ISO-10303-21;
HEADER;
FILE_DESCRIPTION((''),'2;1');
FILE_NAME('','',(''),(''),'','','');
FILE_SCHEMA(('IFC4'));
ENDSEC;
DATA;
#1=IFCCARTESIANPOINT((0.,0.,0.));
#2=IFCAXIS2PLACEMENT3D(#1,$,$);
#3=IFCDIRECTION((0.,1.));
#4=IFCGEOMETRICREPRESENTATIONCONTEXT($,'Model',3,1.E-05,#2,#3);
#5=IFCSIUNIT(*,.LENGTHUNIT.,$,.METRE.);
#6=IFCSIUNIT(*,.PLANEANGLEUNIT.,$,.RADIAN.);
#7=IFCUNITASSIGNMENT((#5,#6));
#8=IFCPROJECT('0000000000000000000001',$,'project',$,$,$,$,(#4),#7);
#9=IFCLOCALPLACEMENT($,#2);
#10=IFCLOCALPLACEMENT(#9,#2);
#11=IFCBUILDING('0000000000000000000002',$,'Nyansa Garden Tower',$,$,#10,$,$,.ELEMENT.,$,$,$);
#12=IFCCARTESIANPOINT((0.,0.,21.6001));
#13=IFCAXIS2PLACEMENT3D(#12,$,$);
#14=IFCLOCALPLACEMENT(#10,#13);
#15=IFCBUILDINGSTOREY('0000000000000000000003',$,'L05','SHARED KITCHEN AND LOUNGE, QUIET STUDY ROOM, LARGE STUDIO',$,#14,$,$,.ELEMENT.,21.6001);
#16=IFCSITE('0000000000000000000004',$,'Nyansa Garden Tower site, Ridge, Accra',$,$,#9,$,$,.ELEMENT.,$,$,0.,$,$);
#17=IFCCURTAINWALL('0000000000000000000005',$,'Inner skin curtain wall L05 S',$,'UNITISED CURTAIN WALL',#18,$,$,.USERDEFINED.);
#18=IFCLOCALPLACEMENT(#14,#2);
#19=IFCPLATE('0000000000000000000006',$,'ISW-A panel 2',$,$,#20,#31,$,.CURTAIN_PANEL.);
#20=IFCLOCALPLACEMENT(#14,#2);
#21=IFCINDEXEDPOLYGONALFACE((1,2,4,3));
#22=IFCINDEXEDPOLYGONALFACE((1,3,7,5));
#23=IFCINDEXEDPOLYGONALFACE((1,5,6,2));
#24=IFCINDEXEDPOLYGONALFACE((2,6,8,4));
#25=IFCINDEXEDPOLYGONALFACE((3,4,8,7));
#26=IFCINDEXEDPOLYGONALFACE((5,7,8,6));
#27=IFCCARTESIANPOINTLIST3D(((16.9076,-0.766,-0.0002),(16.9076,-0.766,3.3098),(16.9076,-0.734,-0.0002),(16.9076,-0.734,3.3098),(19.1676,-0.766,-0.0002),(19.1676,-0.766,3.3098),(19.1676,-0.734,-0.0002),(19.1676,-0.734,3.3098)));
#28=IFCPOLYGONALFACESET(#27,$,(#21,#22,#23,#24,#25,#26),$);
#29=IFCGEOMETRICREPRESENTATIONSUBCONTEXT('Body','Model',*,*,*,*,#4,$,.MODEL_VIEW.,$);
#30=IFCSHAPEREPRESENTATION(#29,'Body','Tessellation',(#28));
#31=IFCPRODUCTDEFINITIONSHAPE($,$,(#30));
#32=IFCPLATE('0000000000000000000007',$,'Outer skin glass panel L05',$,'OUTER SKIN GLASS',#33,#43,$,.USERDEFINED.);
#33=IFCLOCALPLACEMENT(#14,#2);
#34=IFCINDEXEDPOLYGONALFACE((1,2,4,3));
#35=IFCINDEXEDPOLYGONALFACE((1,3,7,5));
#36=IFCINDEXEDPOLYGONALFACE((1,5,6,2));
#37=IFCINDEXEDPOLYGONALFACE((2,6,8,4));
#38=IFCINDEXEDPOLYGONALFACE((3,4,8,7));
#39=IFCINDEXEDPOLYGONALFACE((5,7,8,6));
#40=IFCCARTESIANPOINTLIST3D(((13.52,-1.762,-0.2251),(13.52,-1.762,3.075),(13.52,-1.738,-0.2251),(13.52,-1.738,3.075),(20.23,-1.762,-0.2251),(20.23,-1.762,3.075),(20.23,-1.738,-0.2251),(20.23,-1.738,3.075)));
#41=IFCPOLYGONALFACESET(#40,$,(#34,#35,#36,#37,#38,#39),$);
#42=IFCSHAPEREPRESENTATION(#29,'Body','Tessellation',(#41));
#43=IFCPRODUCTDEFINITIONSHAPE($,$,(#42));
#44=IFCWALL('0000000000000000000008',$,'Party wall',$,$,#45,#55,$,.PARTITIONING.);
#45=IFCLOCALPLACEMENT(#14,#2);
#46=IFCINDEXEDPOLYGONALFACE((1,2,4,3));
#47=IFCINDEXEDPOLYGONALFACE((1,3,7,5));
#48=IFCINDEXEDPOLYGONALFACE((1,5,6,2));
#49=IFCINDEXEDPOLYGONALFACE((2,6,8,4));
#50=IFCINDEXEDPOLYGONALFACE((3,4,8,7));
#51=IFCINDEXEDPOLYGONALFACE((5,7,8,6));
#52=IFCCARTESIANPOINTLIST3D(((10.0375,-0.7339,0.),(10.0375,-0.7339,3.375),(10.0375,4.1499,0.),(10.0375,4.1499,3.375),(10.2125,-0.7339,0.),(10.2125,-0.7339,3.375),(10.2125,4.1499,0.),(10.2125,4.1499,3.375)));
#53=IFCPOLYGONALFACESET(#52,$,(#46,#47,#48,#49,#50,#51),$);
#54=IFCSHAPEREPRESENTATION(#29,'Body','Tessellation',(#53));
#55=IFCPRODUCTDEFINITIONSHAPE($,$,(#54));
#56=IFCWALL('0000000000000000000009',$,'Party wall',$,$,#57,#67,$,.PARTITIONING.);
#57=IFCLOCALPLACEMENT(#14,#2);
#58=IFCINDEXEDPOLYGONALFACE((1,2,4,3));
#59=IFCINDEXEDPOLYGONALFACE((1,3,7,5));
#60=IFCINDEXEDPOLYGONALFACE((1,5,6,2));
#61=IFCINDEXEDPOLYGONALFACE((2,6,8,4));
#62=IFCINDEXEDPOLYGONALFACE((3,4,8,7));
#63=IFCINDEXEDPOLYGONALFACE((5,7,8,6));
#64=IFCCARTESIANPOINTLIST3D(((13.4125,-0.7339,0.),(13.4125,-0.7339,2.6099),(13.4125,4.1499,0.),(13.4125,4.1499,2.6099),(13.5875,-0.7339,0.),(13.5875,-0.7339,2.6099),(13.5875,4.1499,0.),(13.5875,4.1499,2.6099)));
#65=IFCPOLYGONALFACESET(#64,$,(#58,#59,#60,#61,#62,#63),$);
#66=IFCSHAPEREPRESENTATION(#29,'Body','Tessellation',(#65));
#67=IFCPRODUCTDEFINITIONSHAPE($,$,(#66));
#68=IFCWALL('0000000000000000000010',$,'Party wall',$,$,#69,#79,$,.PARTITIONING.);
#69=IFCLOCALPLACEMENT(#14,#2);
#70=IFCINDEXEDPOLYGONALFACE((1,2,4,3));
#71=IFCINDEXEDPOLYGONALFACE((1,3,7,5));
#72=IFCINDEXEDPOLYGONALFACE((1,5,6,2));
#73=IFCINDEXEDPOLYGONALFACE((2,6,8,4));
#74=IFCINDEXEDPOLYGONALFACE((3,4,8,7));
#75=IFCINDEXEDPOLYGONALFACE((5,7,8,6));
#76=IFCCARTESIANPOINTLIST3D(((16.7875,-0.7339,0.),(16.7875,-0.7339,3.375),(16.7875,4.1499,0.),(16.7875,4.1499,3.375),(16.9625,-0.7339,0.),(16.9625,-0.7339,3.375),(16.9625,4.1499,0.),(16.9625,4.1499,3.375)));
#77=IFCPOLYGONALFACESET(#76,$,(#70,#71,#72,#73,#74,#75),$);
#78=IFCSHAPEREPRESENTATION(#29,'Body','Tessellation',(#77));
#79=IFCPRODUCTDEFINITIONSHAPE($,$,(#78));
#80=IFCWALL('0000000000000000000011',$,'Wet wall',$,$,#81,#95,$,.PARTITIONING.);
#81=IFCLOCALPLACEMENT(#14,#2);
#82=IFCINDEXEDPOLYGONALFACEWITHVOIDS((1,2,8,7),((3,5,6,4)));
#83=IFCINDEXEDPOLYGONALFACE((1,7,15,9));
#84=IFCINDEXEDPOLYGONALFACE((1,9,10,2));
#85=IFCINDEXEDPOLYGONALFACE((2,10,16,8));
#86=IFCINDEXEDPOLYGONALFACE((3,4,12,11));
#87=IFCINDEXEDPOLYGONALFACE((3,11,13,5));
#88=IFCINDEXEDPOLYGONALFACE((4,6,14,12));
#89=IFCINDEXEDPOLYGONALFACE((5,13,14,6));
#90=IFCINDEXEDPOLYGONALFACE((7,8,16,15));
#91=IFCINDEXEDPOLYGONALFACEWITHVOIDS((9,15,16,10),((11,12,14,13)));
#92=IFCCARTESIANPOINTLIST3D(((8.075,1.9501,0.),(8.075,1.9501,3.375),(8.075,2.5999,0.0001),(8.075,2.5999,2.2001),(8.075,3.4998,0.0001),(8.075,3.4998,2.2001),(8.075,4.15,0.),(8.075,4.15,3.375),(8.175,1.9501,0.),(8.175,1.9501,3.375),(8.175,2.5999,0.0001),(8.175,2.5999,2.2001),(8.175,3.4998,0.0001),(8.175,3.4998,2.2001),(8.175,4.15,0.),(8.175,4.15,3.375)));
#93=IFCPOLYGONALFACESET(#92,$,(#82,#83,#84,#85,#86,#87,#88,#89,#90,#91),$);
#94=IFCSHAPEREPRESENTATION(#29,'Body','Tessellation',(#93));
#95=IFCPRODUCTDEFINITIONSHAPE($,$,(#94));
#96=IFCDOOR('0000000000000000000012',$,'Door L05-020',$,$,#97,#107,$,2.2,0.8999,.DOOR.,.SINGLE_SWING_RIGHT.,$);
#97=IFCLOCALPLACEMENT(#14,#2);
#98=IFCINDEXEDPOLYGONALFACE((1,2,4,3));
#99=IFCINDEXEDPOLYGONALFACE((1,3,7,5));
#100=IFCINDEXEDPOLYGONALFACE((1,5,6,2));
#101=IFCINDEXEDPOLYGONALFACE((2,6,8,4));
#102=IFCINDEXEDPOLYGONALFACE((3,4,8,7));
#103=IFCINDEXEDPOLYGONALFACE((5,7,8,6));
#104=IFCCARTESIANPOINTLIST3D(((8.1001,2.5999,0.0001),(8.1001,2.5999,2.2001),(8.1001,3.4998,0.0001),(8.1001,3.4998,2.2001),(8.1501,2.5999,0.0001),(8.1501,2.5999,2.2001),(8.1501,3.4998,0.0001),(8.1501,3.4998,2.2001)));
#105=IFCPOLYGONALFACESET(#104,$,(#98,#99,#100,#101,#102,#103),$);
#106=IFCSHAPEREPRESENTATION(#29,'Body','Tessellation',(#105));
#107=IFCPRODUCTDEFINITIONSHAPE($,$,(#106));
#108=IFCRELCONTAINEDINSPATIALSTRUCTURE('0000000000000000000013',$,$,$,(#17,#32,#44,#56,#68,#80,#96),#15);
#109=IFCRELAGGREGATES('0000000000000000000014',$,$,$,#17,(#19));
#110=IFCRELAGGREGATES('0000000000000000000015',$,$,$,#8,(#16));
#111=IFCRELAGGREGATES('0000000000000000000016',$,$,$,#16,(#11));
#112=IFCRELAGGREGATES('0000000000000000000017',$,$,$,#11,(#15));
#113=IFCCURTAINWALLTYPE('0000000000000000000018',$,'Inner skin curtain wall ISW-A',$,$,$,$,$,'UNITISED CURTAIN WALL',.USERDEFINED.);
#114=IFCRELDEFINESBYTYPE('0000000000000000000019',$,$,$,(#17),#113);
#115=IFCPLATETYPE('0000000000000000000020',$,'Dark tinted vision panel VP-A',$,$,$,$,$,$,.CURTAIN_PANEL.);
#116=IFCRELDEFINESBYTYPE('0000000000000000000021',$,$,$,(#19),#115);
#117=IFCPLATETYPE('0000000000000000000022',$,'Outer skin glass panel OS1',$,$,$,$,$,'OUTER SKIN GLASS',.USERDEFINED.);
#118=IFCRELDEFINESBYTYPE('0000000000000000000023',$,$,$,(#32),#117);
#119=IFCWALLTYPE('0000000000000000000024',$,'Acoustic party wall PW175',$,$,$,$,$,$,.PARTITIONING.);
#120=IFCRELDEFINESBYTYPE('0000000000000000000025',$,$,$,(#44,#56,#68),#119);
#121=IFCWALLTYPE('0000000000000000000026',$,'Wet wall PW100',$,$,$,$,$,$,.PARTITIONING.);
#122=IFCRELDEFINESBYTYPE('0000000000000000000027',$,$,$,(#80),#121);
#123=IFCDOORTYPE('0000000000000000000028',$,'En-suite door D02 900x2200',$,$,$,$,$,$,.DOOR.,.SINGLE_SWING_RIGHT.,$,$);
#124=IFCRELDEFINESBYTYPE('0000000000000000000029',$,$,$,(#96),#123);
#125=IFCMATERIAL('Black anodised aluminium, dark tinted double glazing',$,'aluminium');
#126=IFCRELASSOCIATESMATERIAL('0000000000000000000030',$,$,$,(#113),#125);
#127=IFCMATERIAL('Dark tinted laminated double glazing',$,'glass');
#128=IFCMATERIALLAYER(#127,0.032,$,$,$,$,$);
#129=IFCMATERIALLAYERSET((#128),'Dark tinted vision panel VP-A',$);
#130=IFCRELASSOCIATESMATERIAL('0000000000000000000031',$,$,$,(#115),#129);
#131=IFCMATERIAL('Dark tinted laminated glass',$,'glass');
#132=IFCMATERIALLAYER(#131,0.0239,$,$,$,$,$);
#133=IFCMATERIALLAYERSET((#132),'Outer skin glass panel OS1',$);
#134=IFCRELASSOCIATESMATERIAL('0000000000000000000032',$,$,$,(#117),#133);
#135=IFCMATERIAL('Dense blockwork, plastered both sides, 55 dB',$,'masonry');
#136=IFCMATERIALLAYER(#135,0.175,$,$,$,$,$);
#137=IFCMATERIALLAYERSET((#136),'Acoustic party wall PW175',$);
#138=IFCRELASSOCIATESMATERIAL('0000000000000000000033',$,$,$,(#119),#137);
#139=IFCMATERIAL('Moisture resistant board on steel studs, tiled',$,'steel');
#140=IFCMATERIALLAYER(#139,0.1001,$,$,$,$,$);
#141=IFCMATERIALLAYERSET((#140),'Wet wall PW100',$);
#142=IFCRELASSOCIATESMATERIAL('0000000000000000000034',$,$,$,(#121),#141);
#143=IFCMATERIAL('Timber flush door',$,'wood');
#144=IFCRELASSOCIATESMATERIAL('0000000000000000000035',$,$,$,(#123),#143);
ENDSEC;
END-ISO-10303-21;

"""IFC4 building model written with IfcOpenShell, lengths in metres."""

from ifc_helpers import new_model, si_unit, direction, frame, frame_2d, origin, origin_2d, place, context, subcontext, project, spatial, rectangle, extrude, material, layer, layer_set, type_object, element, fill, aggregate, save


model = new_model("IFC4")

# Units and contexts
model_context = context("Model", 3, precision=1e-05, world=origin(), true_north=direction((0.0, 1.0)))
body_context = subcontext(model_context, "Body", "Model", "MODEL_VIEW")
ifc_project = project(units=[si_unit("LENGTHUNIT", "METRE"), si_unit("PLANEANGLEUNIT", "RADIAN")], contexts=[model_context])

# Site, building, storey
site_placement = place(None, origin())
site = spatial("IfcSite", under=ifc_project, at=site_placement, Name="Nyansa Garden Tower site, Ridge, Accra", CompositionType="ELEMENT", RefElevation=0.0)
building_placement = place(site_placement, origin())
building = spatial("IfcBuilding", under=site, at=building_placement, Name="Nyansa Garden Tower", CompositionType="ELEMENT")
storey_placement = place(building_placement, frame((0.0, 0.0, 21.6001)))
storey = spatial("IfcBuildingStorey", under=building, at=storey_placement, Name="L05", Description="SHARED KITCHEN AND LOUNGE, QUIET STUDY ROOM, LARGE STUDIO", CompositionType="ELEMENT", Elevation=21.6001)

# Curtain wall
ifc_material_1 = material(Name="Black anodised aluminium, dark tinted double glazing", Category="aluminium")
curtain_wall_type = type_object("IfcCurtainWallType", Name="Inner skin curtain wall ISW-A", ElementType="UNITISED CURTAIN WALL", PredefinedType="USERDEFINED", material=ifc_material_1)
curtain_wall_1_placement = place(storey_placement, origin())
curtain_wall_1 = element("IfcCurtainWall", 1, at=curtain_wall_1_placement, inside=storey, type_object=curtain_wall_type, Name="Inner skin curtain wall L05 S", ObjectType="UNITISED CURTAIN WALL", PredefinedType="USERDEFINED")

# Plates
ifc_material_2 = material(Name="Dark tinted laminated double glazing", Category="glass")
ifc_layer_1 = layer(ifc_material_2, 0.032)
ifc_layer_set_1 = layer_set([ifc_layer_1], Name="Dark tinted vision panel VP-A")
plate_type_1 = type_object("IfcPlateType", Name="Dark tinted vision panel VP-A", PredefinedType="CURTAIN_PANEL", material=ifc_layer_set_1)
plate_1_placement = place(storey_placement, frame((18.0376, -0.75, -0.0002), z_axis=(0.0, 0.0, 1.0), x_axis=(1.0, 0.0, 0.0)))
plate_1 = element("IfcPlate", 2, at=plate_1_placement, type_object=plate_type_1, Name="ISW-A panel 2", PredefinedType="CURTAIN_PANEL", context=body_context, shape_type="SweptSolid", body=[
    extrude(rectangle(XDim=2.26, YDim=0.032, at=origin_2d()), origin(), (0.0, 0.0, 1.0), 3.3101),
])
aggregate(curtain_wall_1, [plate_1])
ifc_material_3 = material(Name="Dark tinted laminated glass", Category="glass")
ifc_layer_2 = layer(ifc_material_3, 0.0239)
ifc_layer_set_2 = layer_set([ifc_layer_2], Name="Outer skin glass panel OS1")
plate_type_2 = type_object("IfcPlateType", Name="Outer skin glass panel OS1", ElementType="OUTER SKIN GLASS", PredefinedType="USERDEFINED", material=ifc_layer_set_2)
plate_2_placement = place(storey_placement, frame((16.875, -1.75, -0.2251), z_axis=(0.0, 0.0, 1.0), x_axis=(1.0, 0.0, 0.0)))
element("IfcPlate", 3, at=plate_2_placement, inside=storey, type_object=plate_type_2, Name="Outer skin glass panel L05", ObjectType="OUTER SKIN GLASS", PredefinedType="USERDEFINED", context=body_context, shape_type="SweptSolid", body=[
    extrude(rectangle(XDim=6.71, YDim=0.0239, at=origin_2d()), origin(), (0.0, 0.0, 1.0), 3.3),
])

# Walls
ifc_material_4 = material(Name="Dense blockwork, plastered both sides, 55 dB", Category="masonry")
ifc_layer_3 = layer(ifc_material_4, 0.175)
ifc_layer_set_3 = layer_set([ifc_layer_3], Name="Acoustic party wall PW175")
wall_type_1 = type_object("IfcWallType", Name="Acoustic party wall PW175", PredefinedType="PARTITIONING", material=ifc_layer_set_3)
wall_1_placement = place(storey_placement, frame((10.125, -0.7339, 0.0), z_axis=(0.0, 0.0, 1.0), x_axis=(0.0, 1.0, 0.0)))
element("IfcWall", 4, at=wall_1_placement, inside=storey, type_object=wall_type_1, Name="Party wall", PredefinedType="PARTITIONING", context=body_context, shape_type="SweptSolid", body=[
    extrude(rectangle(XDim=4.8838, YDim=0.175, at=frame_2d((2.4419, 0.0))), origin(), (0.0, 0.0, 1.0), 3.375),
])
wall_2_placement = place(storey_placement, frame((13.5, -0.7339, 0.0), z_axis=(0.0, 0.0, 1.0), x_axis=(0.0, 1.0, 0.0)))
element("IfcWall", 5, at=wall_2_placement, inside=storey, type_object=wall_type_1, Name="Party wall", PredefinedType="PARTITIONING", context=body_context, shape_type="SweptSolid", body=[
    extrude(rectangle(XDim=4.8838, YDim=0.175, at=frame_2d((2.4419, 0.0))), origin(), (0.0, 0.0, 1.0), 2.6099),
])
wall_3_placement = place(storey_placement, frame((16.875, -0.7339, 0.0), z_axis=(0.0, 0.0, 1.0), x_axis=(0.0, 1.0, 0.0)))
element("IfcWall", 6, at=wall_3_placement, inside=storey, type_object=wall_type_1, Name="Party wall", PredefinedType="PARTITIONING", context=body_context, shape_type="SweptSolid", body=[
    extrude(rectangle(XDim=4.8838, YDim=0.175, at=frame_2d((2.4419, 0.0))), origin(), (0.0, 0.0, 1.0), 3.375),
])

# Wall, opening, door
ifc_material_5 = material(Name="Moisture resistant board on steel studs, tiled", Category="steel")
ifc_layer_4 = layer(ifc_material_5, 0.1001)
ifc_layer_set_4 = layer_set([ifc_layer_4], Name="Wet wall PW100")
wall_type_2 = type_object("IfcWallType", Name="Wet wall PW100", PredefinedType="PARTITIONING", material=ifc_layer_set_4)
wall_4_placement = place(storey_placement, frame((8.125, 1.95, 0.0), z_axis=(0.0, 0.0, 1.0), x_axis=(0.0, 1.0, 0.0)))
wall_4 = element("IfcWall", 7, at=wall_4_placement, inside=storey, type_object=wall_type_2, Name="Wet wall", PredefinedType="PARTITIONING", context=body_context, shape_type="SweptSolid", body=[
    extrude(rectangle(XDim=2.2, YDim=0.1001, at=frame_2d((1.1001, 0.0))), origin(), (0.0, 0.0, 1.0), 3.375),
])
opening_placement = place(wall_4_placement, frame((0.6499, 0.0, 0.0)))
opening = element("IfcOpeningElement", 8, at=opening_placement, cuts=wall_4, PredefinedType="OPENING", context=body_context, shape_type="SweptSolid", body=[
    extrude(rectangle(XDim=0.8999, YDim=2.2, at=frame_2d((0.45, 1.1001))), frame((0.0, 0.0601, 0.0), z_axis=(0.0, -1.0, 0.0), x_axis=(1.0, 0.0, 0.0)), (0.0, 0.0, 1.0), 0.1201),
])
ifc_material_6 = material(Name="Timber flush door", Category="wood")
door_type = type_object("IfcDoorType", Name="En-suite door D02 900x2200", OperationType="SINGLE_SWING_RIGHT", PredefinedType="DOOR", material=ifc_material_6)
door_placement = place(opening_placement, origin())
door = element("IfcDoor", 9, at=door_placement, inside=storey, type_object=door_type, Name="Door L05-020", OperationType="SINGLE_SWING_RIGHT", OverallHeight=2.2, OverallWidth=0.8999, PredefinedType="DOOR", context=body_context, shape_type="SweptSolid", body=[
    extrude(rectangle(XDim=0.8999, YDim=2.2, at=frame_2d((0.45, 1.1001))), frame((0.0, 0.0249, 0.0), z_axis=(0.0, -1.0, 0.0), x_axis=(1.0, 0.0, 0.0)), (0.0, 0.0, 1.0), 0.05),
])
fill(opening, door)

save(model, "model.ifc")
